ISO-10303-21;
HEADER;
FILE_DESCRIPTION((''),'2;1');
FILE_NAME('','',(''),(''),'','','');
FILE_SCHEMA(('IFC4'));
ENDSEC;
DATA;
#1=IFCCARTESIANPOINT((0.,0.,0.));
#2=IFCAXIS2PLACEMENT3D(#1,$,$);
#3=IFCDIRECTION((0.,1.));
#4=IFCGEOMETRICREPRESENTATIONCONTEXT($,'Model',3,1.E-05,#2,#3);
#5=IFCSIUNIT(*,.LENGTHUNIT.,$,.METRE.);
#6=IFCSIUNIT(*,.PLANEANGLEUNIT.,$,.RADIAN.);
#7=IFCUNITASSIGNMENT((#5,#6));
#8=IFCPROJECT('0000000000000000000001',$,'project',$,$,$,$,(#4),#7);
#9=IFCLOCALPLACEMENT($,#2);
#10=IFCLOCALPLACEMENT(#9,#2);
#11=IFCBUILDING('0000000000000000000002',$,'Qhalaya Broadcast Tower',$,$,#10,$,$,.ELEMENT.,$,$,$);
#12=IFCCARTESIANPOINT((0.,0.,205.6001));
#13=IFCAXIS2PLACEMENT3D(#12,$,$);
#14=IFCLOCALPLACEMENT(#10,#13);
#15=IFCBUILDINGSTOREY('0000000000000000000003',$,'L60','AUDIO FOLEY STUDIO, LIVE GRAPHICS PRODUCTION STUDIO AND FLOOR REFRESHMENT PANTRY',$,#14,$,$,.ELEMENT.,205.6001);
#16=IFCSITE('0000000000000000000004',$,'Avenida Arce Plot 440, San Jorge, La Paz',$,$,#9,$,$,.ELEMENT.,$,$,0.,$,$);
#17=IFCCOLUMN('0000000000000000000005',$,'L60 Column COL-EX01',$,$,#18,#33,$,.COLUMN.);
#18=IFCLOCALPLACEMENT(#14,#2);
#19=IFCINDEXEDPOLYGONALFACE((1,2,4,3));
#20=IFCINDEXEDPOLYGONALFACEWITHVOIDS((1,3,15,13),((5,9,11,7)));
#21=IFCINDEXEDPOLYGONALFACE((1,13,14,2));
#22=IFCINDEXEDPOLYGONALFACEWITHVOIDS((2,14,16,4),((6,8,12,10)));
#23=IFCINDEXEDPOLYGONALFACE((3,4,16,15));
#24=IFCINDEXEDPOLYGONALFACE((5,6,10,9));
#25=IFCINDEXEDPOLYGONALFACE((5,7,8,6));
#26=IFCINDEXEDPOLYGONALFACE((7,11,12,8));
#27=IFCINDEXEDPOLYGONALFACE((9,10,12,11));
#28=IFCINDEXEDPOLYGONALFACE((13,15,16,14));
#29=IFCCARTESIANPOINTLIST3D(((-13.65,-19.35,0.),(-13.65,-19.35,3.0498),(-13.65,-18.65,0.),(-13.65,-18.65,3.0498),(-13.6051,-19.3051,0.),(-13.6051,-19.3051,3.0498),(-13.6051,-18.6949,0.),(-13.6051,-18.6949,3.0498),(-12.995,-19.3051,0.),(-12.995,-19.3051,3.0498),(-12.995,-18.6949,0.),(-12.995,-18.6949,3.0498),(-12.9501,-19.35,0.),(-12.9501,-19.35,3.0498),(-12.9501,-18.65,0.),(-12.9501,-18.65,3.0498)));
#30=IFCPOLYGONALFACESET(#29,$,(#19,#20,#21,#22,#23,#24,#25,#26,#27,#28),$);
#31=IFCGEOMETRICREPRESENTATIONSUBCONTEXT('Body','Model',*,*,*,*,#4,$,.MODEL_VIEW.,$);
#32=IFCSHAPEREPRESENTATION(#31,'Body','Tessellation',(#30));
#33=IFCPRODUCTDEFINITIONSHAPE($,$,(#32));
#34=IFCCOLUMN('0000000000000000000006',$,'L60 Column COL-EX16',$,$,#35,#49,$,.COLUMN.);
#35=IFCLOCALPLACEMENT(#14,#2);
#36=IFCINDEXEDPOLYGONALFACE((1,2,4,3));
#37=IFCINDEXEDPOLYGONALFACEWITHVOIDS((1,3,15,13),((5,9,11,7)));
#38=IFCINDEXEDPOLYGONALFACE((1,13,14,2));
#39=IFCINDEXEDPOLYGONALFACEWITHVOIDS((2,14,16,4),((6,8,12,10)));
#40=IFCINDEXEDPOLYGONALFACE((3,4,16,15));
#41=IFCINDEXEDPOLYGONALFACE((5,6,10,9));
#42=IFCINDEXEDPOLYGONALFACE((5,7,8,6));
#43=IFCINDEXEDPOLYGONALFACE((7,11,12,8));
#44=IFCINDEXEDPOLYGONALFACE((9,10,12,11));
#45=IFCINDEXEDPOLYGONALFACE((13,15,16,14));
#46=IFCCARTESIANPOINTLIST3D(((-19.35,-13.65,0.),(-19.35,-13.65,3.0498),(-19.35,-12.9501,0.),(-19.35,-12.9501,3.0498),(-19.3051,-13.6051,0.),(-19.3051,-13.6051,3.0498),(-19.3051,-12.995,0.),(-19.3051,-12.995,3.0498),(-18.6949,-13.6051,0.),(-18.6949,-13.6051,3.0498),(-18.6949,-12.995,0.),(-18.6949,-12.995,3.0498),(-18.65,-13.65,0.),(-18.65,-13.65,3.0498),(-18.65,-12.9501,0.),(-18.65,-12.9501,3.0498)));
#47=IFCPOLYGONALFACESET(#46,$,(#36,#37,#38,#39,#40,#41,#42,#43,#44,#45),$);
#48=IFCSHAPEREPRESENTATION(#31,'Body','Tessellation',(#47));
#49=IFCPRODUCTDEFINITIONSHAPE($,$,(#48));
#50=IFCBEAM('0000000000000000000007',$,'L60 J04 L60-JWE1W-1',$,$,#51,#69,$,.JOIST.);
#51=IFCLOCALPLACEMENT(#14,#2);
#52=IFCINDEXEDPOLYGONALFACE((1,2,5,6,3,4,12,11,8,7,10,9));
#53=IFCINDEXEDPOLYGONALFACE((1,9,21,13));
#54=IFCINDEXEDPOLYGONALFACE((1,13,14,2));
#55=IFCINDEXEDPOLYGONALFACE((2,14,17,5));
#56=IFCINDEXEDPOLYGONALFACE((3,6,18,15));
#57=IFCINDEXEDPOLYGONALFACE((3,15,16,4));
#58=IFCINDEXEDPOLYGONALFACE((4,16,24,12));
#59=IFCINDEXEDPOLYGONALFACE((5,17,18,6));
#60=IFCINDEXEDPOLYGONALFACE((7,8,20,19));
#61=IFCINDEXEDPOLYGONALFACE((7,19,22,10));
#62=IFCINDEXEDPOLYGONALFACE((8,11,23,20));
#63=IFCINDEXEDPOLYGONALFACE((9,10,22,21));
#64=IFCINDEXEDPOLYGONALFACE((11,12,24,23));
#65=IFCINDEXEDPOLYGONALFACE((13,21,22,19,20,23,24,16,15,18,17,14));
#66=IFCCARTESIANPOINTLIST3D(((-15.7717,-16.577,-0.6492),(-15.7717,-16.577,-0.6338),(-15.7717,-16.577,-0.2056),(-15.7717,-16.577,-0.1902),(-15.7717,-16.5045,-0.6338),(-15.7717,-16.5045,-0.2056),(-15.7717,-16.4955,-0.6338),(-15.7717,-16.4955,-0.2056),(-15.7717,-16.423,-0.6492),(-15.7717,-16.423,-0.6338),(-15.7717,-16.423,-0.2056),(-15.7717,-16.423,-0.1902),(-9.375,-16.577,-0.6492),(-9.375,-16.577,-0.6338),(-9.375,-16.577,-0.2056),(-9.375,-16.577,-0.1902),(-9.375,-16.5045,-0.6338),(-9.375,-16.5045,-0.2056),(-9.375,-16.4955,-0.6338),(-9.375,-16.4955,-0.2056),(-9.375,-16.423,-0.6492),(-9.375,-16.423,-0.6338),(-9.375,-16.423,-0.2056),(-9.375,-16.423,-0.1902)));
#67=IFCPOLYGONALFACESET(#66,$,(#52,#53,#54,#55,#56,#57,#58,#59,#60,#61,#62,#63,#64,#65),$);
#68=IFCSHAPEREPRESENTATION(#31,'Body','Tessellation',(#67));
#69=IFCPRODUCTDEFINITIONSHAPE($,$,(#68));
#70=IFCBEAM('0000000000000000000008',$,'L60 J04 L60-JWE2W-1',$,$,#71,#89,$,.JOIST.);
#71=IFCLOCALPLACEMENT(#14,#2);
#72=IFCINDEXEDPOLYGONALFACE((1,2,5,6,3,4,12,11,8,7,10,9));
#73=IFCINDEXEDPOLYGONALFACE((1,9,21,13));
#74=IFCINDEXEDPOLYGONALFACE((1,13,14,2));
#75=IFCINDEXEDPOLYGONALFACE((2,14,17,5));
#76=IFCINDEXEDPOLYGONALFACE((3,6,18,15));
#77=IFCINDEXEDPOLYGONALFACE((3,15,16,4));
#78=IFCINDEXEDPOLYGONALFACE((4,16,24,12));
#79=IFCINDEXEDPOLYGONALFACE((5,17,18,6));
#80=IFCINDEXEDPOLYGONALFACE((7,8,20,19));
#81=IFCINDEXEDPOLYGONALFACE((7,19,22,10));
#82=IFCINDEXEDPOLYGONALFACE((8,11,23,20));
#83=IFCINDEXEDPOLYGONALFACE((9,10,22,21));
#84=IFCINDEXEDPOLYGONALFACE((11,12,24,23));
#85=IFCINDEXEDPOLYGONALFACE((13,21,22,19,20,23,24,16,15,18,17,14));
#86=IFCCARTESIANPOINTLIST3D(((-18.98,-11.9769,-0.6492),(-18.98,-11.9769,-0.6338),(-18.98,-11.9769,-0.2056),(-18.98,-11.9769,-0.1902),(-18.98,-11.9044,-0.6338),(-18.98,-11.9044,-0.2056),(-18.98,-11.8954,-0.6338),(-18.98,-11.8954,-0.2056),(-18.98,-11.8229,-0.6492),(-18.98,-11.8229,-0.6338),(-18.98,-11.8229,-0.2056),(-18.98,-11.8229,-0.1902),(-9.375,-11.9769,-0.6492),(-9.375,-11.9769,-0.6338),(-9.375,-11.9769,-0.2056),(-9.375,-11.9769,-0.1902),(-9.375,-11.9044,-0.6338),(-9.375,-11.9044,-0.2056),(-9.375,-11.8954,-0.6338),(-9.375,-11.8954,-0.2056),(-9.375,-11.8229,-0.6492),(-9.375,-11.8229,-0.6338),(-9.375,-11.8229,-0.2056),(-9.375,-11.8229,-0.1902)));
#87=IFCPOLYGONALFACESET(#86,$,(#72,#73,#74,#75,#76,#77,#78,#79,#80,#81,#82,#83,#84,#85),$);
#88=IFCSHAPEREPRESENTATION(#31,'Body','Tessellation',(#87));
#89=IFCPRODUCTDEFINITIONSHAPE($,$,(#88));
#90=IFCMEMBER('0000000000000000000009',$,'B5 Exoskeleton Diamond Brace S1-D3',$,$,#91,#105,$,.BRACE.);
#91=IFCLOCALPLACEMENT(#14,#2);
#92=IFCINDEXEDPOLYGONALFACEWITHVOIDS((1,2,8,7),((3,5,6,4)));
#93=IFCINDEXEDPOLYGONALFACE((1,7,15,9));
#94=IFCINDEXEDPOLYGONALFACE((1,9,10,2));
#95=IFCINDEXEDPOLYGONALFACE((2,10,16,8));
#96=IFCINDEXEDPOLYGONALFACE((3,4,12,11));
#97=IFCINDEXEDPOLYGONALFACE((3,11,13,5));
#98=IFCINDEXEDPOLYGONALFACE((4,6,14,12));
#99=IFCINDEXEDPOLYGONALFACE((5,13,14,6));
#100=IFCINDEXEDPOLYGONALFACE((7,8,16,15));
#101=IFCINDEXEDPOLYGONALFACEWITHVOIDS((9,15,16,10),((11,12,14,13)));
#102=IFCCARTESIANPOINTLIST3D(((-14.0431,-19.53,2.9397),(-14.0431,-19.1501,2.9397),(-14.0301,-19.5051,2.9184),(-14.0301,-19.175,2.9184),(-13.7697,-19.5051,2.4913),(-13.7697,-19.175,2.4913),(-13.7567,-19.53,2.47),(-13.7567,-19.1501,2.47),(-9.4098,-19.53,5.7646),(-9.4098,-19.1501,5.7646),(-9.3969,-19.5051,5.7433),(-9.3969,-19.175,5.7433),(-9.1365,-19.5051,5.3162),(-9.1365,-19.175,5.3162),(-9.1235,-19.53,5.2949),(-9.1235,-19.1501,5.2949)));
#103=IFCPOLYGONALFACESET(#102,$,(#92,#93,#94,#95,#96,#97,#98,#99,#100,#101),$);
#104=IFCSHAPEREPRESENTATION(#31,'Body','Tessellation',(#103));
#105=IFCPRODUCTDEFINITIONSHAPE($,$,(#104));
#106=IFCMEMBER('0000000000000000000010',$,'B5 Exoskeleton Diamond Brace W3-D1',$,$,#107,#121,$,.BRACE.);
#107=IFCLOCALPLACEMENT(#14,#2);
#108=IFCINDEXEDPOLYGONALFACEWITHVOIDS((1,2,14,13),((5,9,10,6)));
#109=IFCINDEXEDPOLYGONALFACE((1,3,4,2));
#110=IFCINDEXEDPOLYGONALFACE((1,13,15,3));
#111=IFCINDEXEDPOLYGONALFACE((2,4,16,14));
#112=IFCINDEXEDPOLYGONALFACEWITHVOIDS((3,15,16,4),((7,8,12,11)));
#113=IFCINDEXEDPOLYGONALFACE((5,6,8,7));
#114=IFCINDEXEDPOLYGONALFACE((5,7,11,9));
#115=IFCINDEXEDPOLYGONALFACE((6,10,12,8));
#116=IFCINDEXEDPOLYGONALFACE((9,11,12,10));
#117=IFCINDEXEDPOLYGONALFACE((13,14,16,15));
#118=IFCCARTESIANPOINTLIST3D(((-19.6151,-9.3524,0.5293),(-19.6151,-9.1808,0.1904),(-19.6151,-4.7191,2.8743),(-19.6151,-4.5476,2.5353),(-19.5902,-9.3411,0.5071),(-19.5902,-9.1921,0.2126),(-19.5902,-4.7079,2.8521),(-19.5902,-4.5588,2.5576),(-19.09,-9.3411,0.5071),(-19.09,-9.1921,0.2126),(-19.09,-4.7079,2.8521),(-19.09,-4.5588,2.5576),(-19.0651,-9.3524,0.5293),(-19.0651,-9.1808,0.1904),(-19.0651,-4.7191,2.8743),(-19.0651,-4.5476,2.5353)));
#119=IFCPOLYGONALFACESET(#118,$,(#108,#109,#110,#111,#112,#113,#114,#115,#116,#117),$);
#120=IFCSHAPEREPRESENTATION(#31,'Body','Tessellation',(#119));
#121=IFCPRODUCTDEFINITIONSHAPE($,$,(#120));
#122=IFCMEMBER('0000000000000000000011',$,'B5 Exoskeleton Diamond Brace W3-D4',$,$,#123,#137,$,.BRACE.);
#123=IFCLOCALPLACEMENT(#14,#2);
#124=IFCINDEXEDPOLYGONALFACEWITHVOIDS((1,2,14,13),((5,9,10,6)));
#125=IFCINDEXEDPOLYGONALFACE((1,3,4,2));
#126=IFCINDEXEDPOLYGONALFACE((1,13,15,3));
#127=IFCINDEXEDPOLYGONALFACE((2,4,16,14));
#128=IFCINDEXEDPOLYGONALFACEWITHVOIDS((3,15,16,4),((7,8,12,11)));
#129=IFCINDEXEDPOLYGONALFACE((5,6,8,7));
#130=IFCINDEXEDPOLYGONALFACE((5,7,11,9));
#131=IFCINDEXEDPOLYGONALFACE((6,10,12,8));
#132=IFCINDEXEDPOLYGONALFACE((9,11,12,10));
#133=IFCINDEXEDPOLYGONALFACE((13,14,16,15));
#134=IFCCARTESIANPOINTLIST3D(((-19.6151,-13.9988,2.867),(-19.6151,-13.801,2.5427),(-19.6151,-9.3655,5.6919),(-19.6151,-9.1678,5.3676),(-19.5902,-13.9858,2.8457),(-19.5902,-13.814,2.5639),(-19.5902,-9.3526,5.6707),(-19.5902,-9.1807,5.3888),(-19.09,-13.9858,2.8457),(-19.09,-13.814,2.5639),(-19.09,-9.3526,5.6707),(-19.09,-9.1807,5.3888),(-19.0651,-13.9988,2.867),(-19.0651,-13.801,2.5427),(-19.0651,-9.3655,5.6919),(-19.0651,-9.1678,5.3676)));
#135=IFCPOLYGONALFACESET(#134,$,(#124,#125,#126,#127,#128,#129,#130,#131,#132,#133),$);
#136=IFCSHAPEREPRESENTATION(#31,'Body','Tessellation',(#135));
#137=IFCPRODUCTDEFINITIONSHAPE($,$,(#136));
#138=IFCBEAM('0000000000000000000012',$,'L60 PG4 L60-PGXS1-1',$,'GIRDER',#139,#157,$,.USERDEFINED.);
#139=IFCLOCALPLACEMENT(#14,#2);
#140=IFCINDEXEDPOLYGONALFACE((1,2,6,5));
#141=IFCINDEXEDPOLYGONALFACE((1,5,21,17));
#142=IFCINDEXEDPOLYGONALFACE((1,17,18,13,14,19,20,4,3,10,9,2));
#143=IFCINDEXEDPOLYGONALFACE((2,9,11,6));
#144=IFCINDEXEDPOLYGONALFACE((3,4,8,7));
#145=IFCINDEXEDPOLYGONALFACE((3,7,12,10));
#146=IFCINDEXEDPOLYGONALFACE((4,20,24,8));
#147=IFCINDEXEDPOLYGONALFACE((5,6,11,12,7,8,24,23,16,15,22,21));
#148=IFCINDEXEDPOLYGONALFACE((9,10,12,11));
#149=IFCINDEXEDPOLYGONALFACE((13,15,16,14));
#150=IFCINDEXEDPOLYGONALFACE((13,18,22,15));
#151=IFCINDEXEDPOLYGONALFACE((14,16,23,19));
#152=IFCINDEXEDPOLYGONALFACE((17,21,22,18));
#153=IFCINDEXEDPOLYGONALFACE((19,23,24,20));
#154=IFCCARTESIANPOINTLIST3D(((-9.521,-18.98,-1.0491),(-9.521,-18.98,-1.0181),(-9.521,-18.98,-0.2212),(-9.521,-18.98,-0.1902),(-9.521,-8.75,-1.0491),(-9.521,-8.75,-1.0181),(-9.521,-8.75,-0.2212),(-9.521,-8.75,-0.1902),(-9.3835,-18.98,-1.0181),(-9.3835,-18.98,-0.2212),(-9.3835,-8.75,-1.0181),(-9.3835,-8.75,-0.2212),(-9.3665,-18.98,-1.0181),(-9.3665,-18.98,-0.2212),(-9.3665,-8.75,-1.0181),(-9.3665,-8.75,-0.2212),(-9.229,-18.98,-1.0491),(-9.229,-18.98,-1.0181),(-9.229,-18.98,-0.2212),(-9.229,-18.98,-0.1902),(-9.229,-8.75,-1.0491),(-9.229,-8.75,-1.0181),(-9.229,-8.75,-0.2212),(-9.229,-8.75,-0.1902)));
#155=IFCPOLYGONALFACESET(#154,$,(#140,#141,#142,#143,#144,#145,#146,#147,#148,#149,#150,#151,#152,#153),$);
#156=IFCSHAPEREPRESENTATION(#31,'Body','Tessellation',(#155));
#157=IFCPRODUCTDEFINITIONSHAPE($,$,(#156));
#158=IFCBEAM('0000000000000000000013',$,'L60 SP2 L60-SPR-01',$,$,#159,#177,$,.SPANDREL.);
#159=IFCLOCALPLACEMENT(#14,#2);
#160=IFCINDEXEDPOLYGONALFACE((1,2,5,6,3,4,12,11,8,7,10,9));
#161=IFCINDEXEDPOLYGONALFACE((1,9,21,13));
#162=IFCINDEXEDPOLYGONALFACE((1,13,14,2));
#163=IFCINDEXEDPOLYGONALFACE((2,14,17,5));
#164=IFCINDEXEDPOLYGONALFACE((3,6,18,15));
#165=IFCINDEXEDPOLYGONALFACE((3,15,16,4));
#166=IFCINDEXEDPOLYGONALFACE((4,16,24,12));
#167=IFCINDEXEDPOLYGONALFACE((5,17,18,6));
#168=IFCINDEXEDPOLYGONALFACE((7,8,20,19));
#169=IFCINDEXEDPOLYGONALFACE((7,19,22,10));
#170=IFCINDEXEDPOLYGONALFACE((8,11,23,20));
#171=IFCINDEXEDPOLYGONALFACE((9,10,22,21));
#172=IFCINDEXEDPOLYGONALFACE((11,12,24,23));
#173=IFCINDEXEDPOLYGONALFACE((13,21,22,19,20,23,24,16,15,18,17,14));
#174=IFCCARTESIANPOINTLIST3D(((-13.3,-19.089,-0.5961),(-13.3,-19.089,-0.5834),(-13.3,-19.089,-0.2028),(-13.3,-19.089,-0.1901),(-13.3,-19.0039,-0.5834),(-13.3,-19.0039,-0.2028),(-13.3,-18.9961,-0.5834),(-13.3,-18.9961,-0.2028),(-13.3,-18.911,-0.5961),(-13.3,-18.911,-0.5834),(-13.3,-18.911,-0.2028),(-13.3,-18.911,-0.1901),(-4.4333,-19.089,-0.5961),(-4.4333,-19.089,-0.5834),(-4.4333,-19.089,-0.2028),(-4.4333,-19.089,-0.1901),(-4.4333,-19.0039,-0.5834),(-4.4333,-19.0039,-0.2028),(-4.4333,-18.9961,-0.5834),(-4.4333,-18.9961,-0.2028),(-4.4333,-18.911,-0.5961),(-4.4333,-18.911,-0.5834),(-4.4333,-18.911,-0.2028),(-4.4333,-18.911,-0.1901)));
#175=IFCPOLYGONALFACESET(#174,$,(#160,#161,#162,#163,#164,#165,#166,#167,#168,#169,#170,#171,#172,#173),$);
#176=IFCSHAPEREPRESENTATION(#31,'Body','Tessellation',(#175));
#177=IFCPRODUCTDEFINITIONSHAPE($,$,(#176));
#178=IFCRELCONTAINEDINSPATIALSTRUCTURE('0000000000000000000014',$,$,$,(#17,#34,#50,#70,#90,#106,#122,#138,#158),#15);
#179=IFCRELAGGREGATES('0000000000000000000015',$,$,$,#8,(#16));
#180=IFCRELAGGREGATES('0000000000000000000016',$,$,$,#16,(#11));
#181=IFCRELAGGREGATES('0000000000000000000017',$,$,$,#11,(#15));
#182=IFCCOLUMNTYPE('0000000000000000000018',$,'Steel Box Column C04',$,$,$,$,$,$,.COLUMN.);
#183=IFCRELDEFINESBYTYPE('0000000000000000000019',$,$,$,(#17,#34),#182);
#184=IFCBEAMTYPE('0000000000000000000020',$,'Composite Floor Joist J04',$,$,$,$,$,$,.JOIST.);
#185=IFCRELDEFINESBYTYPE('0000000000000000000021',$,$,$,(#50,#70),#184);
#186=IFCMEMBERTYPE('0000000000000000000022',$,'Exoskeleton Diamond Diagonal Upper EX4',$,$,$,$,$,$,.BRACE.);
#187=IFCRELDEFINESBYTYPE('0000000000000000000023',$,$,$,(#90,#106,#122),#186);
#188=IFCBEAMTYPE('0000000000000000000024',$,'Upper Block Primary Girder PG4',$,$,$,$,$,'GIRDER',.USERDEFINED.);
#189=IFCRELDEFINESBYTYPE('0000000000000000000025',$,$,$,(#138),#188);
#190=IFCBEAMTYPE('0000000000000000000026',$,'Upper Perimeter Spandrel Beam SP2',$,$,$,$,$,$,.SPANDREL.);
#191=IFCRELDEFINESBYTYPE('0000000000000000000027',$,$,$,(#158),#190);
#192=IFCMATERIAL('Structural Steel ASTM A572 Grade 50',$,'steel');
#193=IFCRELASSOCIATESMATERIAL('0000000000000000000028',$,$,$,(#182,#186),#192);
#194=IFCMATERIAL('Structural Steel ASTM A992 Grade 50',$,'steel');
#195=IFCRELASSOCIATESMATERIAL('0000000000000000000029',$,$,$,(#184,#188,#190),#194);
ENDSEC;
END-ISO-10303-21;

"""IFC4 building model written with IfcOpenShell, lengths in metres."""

from ifc_helpers import new_model, si_unit, direction, frame, origin, origin_2d, place, context, subcontext, project, spatial, hollow_rectangle, i_section, extrude, material, material_profile, profile_set, type_object, element, save


model = new_model("IFC4")

# Units and contexts
model_context = context("Model", 3, precision=1e-05, world=origin(), true_north=direction((0.0, 1.0)))
body_context = subcontext(model_context, "Body", "Model", "MODEL_VIEW")
ifc_project = project(units=[si_unit("LENGTHUNIT", "METRE"), si_unit("PLANEANGLEUNIT", "RADIAN")], contexts=[model_context])

# Site, building, storey
site_placement = place(None, origin())
site = spatial("IfcSite", under=ifc_project, at=site_placement, Name="Avenida Arce Plot 440, San Jorge, La Paz", CompositionType="ELEMENT", RefElevation=0.0)
building_placement = place(site_placement, origin())
building = spatial("IfcBuilding", under=site, at=building_placement, Name="Qhalaya Broadcast Tower", CompositionType="ELEMENT")
storey_placement = place(building_placement, frame((0.0, 0.0, 205.6001)))
storey = spatial("IfcBuildingStorey", under=building, at=storey_placement, Name="L60", Description="AUDIO FOLEY STUDIO, LIVE GRAPHICS PRODUCTION STUDIO AND FLOOR REFRESHMENT PANTRY", CompositionType="ELEMENT", Elevation=205.6001)

# Columns
ifc_material_1 = material(Name="Structural Steel ASTM A572 Grade 50", Category="steel")
ifc_material_profile_1 = material_profile(ifc_material_1, hollow_rectangle(XDim=0.7, YDim=0.7, WallThickness=0.0449, at=origin_2d()), Name="BOX 700x700x45")
ifc_profile_set_1 = profile_set([ifc_material_profile_1], Name="Structural Steel ASTM A572 Grade 50")
column_type = type_object("IfcColumnType", Name="Steel Box Column C04", PredefinedType="COLUMN", material=ifc_profile_set_1)
for number, where, z_axis, x_axis, name in (
    (1, (-13.3, -19.0, 0.0), (0.0, 0.0, 1.0), (1.0, 0.0, 0.0), "L60 Column COL-EX01"),
    (2, (-19.0, -13.3, 0.0), (0.0, 0.0, 1.0), (0.0, 1.0, 0.0), "L60 Column COL-EX16"),
):
    element("IfcColumn", number, at=place(storey_placement, frame(where, z_axis=z_axis, x_axis=x_axis)), inside=storey, type_object=column_type, Name=name, PredefinedType="COLUMN", context=body_context, shape_type="SweptSolid", body=[
        extrude(hollow_rectangle(XDim=0.7, YDim=0.7, WallThickness=0.0449, at=origin_2d()), origin(), (0.0, 0.0, 1.0), 3.0498),
    ])

# Beams
ifc_material_2 = material(Name="Structural Steel ASTM A992 Grade 50", Category="steel")
ifc_material_profile_2 = material_profile(ifc_material_2, i_section(OverallWidth=0.1541, OverallDepth=0.459, WebThickness=0.009, FlangeThickness=0.0154, at=origin_2d()), Name="W18X46")
ifc_profile_set_2 = profile_set([ifc_material_profile_2], Name="Structural Steel ASTM A992 Grade 50")
beam_type_1 = type_object("IfcBeamType", Name="Composite Floor Joist J04", PredefinedType="JOIST", material=ifc_profile_set_2)
beam_1_placement = place(storey_placement, frame((-15.7717, -16.5, -0.4197), z_axis=(1.0, 0.0, 0.0), x_axis=(0.0, 1.0, 0.0)))
element("IfcBeam", 3, at=beam_1_placement, inside=storey, type_object=beam_type_1, Name="L60 J04 L60-JWE1W-1", PredefinedType="JOIST", context=body_context, shape_type="SweptSolid", body=[
    extrude(i_section(OverallWidth=0.1541, OverallDepth=0.459, WebThickness=0.009, FlangeThickness=0.0154, at=origin_2d()), origin(), (0.0, 0.0, 1.0), 6.3967),
])
beam_2_placement = place(storey_placement, frame((-18.98, -11.8999, -0.4197), z_axis=(1.0, 0.0, 0.0), x_axis=(0.0, 1.0, 0.0)))
element("IfcBeam", 4, at=beam_2_placement, inside=storey, type_object=beam_type_1, Name="L60 J04 L60-JWE2W-1", PredefinedType="JOIST", context=body_context, shape_type="SweptSolid", body=[
    extrude(i_section(OverallWidth=0.1541, OverallDepth=0.459, WebThickness=0.009, FlangeThickness=0.0154, at=origin_2d()), origin(), (0.0, 0.0, 1.0), 9.605),
])

# Members
ifc_material_profile_3 = material_profile(ifc_material_1, hollow_rectangle(XDim=0.3799, YDim=0.55, WallThickness=0.0249, at=origin_2d()), Name="BOX 380x550x25")
ifc_profile_set_3 = profile_set([ifc_material_profile_3], Name="Structural Steel ASTM A572 Grade 50")
member_type = type_object("IfcMemberType", Name="Exoskeleton Diamond Diagonal Upper EX4", PredefinedType="BRACE", material=ifc_profile_set_3)
member_1_placement = place(storey_placement, frame((-13.8999, -19.3401, 2.7048), z_axis=(0.853815, 0.0, 0.520576), x_axis=(0.0, 1.0, 0.0)))
element("IfcMember", 5, at=member_1_placement, inside=storey, type_object=member_type, Name="B5 Exoskeleton Diamond Brace S1-D3", PredefinedType="BRACE", context=body_context, shape_type="SweptSolid", body=[
    extrude(hollow_rectangle(XDim=0.3799, YDim=0.55, WallThickness=0.0249, at=origin_2d()), origin(), (0.0, 0.0, 1.0), 5.4265),
])
member_2_placement = place(storey_placement, frame((-19.3401, -9.2666, 0.3599), z_axis=(0.0, 0.892235, 0.451571), x_axis=(0.0, -0.451571, 0.892235)))
element("IfcMember", 6, at=member_2_placement, inside=storey, type_object=member_type, Name="B5 Exoskeleton Diamond Brace W3-D1", PredefinedType="BRACE", context=body_context, shape_type="SweptSolid", body=[
    extrude(hollow_rectangle(XDim=0.3799, YDim=0.55, WallThickness=0.0249, at=origin_2d()), origin(), (0.0, 0.0, 1.0), 5.1929),
])
member_3_placement = place(storey_placement, frame((-19.3401, -13.8999, 2.7048), z_axis=(0.0, 0.853815, 0.520576), x_axis=(0.0, -0.520576, 0.853815)))
element("IfcMember", 7, at=member_3_placement, inside=storey, type_object=member_type, Name="B5 Exoskeleton Diamond Brace W3-D4", PredefinedType="BRACE", context=body_context, shape_type="SweptSolid", body=[
    extrude(hollow_rectangle(XDim=0.3799, YDim=0.55, WallThickness=0.0249, at=origin_2d()), origin(), (0.0, 0.0, 1.0), 5.4265),
])

# Beams
ifc_material_profile_4 = material_profile(ifc_material_2, i_section(OverallWidth=0.292, OverallDepth=0.8589, WebThickness=0.0171, FlangeThickness=0.031, at=origin_2d()), Name="W33X169")
ifc_profile_set_4 = profile_set([ifc_material_profile_4], Name="Structural Steel ASTM A992 Grade 50")
beam_type_2 = type_object("IfcBeamType", Name="Upper Block Primary Girder PG4", ElementType="GIRDER", PredefinedType="USERDEFINED", material=ifc_profile_set_4)
beam_3_placement = place(storey_placement, frame((-9.375, -18.98, -0.6196), z_axis=(0.0, 1.0, 0.0), x_axis=(-1.0, 0.0, 0.0)))
element("IfcBeam", 8, at=beam_3_placement, inside=storey, type_object=beam_type_2, Name="L60 PG4 L60-PGXS1-1", ObjectType="GIRDER", PredefinedType="USERDEFINED", context=body_context, shape_type="SweptSolid", body=[
    extrude(i_section(OverallWidth=0.292, OverallDepth=0.8589, WebThickness=0.0171, FlangeThickness=0.031, at=origin_2d()), origin(), (0.0, 0.0, 1.0), 10.23),
])
ifc_material_profile_5 = material_profile(ifc_material_2, i_section(OverallWidth=0.178, OverallDepth=0.406, WebThickness=0.0078, FlangeThickness=0.0127, at=origin_2d()), Name="W16X40")
ifc_profile_set_5 = profile_set([ifc_material_profile_5], Name="Structural Steel ASTM A992 Grade 50")
beam_type_3 = type_object("IfcBeamType", Name="Upper Perimeter Spandrel Beam SP2", PredefinedType="SPANDREL", material=ifc_profile_set_5)
beam_4_placement = place(storey_placement, frame((-13.3, -19.0, -0.3931), z_axis=(1.0, 0.0, 0.0), x_axis=(0.0, 1.0, 0.0)))
element("IfcBeam", 9, at=beam_4_placement, inside=storey, type_object=beam_type_3, Name="L60 SP2 L60-SPR-01", PredefinedType="SPANDREL", context=body_context, shape_type="SweptSolid", body=[
    extrude(i_section(OverallWidth=0.178, OverallDepth=0.406, WebThickness=0.0078, FlangeThickness=0.0127, at=origin_2d()), origin(), (0.0, 0.0, 1.0), 8.8667),
])

save(model, "model.ifc")
